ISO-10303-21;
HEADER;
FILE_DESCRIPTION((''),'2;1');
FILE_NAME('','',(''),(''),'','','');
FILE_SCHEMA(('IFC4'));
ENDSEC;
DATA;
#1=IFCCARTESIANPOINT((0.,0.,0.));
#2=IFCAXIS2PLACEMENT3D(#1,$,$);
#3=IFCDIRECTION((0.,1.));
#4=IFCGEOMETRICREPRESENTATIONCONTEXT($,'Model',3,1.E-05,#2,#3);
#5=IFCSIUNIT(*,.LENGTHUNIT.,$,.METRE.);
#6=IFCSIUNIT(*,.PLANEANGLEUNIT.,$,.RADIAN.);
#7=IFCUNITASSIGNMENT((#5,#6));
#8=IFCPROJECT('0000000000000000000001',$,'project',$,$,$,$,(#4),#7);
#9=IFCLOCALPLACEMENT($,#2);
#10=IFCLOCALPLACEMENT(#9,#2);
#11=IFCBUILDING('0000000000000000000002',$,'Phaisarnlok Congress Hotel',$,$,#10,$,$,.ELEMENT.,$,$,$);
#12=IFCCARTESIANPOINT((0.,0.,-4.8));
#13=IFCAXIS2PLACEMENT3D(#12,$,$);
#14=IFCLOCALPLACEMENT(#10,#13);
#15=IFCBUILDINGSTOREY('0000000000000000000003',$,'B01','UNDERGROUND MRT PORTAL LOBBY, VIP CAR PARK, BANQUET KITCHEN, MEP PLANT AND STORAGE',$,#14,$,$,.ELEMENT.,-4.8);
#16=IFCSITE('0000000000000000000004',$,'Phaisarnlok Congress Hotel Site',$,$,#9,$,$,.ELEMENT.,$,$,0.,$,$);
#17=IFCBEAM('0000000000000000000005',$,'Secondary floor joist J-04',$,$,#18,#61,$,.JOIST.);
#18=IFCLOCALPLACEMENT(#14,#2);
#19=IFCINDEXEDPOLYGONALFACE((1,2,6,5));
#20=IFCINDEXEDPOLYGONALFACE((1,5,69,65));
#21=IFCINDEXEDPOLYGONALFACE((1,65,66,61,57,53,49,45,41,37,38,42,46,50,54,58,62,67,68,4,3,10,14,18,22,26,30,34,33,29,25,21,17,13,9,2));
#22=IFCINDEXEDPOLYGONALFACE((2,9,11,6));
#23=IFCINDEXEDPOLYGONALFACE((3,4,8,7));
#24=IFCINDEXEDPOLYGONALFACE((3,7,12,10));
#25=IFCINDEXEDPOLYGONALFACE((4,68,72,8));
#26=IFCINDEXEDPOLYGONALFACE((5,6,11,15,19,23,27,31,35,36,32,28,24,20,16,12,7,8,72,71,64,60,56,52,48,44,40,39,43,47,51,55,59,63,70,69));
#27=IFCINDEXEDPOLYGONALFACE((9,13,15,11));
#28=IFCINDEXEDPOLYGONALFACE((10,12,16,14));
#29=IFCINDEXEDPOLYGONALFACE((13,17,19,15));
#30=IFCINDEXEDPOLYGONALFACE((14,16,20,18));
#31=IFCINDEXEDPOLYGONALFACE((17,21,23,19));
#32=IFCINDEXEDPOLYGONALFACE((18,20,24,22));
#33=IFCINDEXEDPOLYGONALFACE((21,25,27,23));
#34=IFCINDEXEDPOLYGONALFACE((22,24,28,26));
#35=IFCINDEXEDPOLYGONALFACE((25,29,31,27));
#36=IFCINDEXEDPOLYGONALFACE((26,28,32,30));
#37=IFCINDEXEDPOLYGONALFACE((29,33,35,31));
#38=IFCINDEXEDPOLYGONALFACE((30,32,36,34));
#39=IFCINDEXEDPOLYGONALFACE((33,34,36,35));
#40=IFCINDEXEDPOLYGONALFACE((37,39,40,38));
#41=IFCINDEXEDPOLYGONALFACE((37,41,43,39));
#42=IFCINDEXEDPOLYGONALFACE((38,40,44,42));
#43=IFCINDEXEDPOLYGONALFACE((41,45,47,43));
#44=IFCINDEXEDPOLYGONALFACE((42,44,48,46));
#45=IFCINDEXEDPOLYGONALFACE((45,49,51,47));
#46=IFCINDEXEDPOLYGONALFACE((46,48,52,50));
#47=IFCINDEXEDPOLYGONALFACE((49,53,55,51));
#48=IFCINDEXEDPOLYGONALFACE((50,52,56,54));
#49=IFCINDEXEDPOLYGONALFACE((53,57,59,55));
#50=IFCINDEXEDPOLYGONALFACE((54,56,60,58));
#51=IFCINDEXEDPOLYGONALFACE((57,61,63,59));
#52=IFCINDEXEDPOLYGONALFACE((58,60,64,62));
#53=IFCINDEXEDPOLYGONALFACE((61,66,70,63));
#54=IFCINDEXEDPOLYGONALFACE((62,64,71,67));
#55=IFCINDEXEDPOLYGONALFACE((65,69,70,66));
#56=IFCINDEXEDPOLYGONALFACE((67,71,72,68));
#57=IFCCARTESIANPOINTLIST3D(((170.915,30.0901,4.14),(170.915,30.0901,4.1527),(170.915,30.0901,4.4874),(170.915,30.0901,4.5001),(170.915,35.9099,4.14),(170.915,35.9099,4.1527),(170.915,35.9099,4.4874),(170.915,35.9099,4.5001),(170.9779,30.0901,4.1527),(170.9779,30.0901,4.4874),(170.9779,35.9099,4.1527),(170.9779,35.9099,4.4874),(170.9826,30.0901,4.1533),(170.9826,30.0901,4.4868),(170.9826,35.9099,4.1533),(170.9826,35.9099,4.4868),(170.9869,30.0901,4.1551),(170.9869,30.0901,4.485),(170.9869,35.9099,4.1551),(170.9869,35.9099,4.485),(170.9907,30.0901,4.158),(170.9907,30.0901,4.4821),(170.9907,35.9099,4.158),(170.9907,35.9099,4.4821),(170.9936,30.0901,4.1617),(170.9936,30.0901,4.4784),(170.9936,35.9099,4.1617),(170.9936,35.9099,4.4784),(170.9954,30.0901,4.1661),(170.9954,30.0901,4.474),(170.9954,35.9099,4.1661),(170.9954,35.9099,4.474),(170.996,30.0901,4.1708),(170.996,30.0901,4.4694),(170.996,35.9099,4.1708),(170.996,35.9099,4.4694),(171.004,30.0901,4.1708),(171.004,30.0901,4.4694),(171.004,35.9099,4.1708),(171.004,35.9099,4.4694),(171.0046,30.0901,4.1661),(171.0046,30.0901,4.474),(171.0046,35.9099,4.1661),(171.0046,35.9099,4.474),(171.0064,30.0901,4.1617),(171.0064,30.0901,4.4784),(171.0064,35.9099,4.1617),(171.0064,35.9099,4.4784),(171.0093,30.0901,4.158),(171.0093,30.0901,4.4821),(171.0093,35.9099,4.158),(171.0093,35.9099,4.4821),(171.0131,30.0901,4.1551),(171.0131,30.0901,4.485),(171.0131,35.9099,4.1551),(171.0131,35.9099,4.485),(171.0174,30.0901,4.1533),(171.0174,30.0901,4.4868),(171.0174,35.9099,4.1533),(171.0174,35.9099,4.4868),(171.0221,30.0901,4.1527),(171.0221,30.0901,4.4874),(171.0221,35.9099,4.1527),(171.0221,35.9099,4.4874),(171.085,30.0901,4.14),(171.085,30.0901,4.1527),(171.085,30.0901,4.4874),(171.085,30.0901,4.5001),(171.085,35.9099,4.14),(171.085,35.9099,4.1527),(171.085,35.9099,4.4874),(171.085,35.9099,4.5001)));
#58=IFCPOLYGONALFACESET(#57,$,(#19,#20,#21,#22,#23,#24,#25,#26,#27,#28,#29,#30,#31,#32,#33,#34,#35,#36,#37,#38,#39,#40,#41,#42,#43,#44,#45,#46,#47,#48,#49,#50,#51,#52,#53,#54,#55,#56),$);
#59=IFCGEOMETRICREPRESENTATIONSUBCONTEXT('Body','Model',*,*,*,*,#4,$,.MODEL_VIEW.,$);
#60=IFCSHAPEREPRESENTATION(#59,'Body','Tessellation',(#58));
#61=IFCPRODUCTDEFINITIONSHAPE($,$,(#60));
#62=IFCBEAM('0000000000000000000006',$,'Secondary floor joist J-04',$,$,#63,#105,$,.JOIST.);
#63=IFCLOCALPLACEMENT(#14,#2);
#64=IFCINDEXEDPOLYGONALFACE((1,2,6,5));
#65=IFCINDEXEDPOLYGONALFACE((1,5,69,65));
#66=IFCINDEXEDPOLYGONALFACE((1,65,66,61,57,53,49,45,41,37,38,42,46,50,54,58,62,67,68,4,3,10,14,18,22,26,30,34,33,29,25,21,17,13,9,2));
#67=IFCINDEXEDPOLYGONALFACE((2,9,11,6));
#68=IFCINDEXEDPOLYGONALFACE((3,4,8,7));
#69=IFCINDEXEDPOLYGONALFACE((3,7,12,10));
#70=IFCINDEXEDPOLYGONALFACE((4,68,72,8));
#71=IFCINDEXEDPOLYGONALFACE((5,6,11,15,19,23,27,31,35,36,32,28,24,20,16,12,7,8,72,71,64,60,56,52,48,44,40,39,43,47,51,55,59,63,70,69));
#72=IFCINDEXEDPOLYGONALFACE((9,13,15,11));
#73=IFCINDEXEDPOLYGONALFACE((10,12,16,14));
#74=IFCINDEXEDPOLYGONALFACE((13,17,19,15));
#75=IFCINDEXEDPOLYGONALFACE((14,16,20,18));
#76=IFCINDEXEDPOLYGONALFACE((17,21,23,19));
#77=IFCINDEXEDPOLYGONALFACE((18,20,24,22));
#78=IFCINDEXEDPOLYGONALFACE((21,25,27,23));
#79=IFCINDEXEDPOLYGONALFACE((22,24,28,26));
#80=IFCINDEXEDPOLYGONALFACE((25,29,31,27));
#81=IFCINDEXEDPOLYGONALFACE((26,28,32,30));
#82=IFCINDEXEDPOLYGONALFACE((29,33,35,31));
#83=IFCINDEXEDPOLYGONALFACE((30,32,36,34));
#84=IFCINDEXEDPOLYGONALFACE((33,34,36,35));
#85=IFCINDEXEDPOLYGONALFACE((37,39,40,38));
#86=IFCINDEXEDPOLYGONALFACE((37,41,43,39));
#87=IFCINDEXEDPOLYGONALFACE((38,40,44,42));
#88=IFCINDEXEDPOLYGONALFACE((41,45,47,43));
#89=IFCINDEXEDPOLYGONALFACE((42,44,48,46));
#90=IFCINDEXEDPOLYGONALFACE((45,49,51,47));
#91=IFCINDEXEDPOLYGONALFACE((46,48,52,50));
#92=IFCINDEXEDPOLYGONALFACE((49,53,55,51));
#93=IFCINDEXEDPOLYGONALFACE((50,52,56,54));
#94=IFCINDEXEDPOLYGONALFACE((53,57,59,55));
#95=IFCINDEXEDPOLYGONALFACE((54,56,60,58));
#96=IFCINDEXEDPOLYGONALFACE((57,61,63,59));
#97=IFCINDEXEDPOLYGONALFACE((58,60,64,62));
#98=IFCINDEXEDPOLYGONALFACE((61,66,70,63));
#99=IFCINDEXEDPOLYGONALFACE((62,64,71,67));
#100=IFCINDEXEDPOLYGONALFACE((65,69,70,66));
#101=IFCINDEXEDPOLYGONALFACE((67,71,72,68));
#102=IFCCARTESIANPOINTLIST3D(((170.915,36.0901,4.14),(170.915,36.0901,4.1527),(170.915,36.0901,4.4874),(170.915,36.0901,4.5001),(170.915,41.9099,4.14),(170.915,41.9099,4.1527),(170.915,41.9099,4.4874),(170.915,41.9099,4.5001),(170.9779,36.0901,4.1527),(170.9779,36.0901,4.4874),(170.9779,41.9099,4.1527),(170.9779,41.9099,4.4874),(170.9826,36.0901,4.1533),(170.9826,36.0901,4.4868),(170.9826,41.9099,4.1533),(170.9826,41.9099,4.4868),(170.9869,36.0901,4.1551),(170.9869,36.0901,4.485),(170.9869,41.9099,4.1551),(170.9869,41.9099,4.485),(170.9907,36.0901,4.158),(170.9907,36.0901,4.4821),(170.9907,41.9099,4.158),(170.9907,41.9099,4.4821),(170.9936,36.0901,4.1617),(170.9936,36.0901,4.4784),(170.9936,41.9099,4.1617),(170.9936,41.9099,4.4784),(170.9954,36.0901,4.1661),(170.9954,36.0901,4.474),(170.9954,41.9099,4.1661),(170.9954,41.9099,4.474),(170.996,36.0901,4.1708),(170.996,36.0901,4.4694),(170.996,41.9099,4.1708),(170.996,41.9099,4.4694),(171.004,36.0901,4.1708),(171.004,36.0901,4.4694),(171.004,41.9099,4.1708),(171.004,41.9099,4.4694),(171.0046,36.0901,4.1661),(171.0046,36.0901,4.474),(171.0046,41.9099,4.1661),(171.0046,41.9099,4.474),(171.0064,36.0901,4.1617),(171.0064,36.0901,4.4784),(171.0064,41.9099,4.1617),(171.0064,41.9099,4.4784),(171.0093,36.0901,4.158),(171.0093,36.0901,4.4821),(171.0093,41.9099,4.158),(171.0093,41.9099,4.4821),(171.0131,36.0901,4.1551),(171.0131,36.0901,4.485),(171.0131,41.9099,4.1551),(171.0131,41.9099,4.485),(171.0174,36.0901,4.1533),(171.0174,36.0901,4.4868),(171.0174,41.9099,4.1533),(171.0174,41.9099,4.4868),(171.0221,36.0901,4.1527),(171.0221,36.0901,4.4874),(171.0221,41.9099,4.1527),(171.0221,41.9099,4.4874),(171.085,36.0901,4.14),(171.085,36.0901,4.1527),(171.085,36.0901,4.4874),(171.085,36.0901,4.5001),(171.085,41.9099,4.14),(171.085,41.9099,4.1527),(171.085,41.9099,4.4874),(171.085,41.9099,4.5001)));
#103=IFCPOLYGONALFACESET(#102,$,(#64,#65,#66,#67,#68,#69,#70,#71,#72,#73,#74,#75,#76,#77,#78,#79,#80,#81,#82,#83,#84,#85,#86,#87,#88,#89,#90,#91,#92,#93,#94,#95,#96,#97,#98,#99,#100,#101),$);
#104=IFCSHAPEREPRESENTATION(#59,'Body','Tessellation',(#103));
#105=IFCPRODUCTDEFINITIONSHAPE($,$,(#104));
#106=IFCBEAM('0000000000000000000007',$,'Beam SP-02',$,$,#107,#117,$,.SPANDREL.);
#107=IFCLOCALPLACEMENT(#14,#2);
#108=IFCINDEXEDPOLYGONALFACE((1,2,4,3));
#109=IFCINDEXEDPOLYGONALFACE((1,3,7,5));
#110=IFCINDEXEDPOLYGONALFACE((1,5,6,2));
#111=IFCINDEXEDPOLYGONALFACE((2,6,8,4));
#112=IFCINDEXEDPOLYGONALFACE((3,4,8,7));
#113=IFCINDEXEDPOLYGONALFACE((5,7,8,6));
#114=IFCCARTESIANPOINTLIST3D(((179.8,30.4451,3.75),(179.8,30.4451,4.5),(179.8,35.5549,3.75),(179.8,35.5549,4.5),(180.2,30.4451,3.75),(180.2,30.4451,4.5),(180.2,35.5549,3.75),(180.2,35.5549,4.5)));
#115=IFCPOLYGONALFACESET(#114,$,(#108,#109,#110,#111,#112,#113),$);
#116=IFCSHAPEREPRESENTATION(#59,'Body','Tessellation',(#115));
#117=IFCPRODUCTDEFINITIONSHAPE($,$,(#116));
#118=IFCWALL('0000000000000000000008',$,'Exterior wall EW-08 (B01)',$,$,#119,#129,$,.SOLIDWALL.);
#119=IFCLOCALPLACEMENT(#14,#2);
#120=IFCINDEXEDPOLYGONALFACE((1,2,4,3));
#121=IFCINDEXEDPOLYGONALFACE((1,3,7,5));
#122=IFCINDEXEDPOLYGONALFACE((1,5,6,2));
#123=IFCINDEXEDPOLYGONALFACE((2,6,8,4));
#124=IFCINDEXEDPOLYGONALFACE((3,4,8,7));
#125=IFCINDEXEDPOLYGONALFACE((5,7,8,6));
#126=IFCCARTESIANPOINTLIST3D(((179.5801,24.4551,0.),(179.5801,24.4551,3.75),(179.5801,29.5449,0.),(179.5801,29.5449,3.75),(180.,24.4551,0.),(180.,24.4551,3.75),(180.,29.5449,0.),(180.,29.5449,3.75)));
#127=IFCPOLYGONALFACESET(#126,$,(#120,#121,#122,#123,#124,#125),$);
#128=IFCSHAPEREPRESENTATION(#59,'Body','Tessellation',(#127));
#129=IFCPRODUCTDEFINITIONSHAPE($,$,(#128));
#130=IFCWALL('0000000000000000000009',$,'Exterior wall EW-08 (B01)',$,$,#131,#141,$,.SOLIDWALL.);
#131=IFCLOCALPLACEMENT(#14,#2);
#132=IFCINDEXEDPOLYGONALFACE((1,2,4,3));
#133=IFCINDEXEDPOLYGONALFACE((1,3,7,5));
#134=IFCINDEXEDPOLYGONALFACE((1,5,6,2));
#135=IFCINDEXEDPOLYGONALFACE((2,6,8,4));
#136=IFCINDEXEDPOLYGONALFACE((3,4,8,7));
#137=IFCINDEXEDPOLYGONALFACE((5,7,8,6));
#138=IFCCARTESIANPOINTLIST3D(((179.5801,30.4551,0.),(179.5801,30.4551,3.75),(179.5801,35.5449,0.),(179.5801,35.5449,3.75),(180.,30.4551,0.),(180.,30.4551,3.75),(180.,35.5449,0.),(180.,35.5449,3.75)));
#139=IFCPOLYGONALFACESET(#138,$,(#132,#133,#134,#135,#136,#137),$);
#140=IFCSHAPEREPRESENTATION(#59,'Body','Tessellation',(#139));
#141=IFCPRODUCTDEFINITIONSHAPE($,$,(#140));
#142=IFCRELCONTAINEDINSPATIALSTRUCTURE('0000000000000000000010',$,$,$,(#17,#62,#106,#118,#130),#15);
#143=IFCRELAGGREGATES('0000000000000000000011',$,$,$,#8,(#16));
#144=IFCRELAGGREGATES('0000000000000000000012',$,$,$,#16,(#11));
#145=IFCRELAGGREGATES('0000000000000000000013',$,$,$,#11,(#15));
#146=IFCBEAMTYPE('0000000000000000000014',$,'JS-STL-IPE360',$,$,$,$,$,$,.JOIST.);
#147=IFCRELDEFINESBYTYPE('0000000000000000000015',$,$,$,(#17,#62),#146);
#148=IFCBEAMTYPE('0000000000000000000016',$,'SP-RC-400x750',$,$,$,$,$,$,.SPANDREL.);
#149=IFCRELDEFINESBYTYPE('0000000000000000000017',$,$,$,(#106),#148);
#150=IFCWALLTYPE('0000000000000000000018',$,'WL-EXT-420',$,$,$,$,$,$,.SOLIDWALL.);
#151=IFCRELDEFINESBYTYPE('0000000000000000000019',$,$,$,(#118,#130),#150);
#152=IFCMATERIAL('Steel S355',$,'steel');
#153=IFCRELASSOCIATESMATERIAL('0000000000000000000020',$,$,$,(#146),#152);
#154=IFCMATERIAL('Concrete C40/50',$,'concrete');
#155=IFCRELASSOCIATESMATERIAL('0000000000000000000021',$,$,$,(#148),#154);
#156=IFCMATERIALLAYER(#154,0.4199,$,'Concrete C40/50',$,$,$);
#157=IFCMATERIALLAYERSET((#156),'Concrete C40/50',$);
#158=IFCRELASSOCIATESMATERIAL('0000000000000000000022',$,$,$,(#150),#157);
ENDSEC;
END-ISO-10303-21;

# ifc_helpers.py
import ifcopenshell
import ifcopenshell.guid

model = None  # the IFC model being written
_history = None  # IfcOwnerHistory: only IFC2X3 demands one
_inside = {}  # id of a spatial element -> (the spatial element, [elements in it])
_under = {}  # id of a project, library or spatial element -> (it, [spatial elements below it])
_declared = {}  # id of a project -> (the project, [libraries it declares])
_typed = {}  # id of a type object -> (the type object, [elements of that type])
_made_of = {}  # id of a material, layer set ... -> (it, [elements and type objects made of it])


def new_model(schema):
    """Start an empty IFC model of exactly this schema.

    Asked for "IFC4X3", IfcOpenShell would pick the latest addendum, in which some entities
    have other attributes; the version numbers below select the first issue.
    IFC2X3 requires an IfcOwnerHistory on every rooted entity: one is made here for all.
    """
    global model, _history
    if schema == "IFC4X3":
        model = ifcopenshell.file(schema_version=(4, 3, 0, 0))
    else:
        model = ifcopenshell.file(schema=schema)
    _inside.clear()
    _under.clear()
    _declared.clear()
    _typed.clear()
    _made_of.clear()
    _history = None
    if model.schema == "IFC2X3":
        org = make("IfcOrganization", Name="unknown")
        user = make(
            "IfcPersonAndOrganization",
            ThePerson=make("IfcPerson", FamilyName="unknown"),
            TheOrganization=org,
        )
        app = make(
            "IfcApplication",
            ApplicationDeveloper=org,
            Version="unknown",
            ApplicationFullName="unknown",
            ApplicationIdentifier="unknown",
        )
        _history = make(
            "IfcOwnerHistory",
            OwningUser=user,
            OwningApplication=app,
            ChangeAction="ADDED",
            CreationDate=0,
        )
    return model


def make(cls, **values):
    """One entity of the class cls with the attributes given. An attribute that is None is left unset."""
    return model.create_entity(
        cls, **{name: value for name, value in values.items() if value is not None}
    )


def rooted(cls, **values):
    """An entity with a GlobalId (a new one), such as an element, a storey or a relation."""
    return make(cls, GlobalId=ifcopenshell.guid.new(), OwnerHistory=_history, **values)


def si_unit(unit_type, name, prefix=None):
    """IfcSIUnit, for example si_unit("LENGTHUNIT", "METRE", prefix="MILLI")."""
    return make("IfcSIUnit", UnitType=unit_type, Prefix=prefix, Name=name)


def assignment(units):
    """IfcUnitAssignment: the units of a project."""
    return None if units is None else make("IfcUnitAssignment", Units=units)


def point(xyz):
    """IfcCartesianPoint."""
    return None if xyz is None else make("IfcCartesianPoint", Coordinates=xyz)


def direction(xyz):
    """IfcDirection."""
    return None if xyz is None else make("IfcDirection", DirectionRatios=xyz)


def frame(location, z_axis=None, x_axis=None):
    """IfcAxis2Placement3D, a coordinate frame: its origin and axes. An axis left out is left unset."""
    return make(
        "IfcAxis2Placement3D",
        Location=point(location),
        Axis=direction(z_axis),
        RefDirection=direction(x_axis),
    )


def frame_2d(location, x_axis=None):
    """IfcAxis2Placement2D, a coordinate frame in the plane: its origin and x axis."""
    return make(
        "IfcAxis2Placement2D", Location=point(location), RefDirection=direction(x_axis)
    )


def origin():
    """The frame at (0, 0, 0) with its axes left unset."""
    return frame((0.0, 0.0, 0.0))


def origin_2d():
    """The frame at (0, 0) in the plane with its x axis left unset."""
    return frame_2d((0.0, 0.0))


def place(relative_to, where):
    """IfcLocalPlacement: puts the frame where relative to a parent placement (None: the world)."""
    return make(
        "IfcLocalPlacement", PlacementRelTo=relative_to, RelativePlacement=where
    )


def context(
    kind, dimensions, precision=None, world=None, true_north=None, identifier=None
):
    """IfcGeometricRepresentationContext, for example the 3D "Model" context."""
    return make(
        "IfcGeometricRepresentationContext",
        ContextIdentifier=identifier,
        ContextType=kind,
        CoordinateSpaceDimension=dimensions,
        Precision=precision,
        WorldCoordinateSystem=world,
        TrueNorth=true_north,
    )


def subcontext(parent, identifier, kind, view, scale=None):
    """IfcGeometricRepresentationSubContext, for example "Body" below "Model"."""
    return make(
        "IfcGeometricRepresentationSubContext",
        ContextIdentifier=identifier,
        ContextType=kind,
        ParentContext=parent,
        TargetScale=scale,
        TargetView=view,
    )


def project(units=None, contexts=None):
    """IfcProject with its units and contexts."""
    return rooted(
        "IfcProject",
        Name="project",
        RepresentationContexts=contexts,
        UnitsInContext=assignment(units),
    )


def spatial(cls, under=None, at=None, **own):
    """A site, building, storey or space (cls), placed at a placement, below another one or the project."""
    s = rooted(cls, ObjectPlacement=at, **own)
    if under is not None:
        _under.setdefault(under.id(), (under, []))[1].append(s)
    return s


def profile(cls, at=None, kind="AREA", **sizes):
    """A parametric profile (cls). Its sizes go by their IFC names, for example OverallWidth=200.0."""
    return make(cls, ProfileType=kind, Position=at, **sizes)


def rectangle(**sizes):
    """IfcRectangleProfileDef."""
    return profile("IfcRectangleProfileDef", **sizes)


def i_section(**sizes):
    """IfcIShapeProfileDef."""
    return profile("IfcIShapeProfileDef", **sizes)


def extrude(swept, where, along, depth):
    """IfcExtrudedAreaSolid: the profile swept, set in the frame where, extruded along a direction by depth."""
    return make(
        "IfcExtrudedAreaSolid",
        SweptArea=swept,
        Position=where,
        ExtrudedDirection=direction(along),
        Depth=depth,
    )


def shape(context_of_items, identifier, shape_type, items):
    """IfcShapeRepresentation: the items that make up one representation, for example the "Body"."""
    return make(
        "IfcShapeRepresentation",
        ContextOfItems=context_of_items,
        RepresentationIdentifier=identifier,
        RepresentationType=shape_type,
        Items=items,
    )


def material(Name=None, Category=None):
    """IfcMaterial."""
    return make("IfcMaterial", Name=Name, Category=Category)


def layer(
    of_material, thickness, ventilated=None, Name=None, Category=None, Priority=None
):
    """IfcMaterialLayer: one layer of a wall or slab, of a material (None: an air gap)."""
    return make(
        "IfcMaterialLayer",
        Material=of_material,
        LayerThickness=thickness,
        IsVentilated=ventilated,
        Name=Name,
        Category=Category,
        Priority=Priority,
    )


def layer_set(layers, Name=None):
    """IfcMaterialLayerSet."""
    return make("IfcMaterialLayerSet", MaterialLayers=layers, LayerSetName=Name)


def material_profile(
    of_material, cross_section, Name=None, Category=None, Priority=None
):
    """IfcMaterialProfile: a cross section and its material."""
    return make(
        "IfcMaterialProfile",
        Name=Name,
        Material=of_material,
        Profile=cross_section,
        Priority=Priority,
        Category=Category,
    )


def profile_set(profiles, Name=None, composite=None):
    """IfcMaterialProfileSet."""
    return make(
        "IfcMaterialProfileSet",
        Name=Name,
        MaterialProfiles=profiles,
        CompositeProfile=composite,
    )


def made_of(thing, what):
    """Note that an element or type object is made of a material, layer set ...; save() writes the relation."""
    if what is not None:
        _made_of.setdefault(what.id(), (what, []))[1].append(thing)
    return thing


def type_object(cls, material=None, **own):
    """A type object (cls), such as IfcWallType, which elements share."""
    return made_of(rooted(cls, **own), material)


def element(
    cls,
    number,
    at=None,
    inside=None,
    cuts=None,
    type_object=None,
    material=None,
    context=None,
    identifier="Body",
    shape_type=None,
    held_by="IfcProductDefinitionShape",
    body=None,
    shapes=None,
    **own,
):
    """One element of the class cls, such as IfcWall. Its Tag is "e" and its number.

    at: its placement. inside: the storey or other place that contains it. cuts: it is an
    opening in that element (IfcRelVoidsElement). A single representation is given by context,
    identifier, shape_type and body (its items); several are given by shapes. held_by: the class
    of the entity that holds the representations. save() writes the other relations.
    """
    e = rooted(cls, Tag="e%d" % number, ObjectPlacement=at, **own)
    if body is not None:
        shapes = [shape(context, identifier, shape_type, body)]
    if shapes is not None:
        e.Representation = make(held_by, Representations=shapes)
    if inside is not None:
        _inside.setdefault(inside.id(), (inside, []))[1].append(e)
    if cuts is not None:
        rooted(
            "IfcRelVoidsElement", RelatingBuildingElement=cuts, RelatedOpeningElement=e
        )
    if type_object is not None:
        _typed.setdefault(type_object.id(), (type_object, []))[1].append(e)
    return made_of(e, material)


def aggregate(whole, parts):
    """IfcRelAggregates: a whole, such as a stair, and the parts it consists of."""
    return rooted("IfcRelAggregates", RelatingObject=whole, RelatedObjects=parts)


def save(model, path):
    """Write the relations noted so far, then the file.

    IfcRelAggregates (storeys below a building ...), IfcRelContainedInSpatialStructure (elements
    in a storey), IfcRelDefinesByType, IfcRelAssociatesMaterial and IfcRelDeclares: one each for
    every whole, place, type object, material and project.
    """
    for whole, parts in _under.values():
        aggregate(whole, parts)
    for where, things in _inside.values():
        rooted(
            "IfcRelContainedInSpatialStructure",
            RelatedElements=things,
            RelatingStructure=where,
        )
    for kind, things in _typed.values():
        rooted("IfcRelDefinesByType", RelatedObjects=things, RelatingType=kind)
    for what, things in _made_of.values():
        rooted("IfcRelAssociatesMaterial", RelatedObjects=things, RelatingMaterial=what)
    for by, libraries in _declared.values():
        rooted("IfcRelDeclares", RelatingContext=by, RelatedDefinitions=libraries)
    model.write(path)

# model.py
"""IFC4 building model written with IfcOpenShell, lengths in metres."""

from ifc_helpers import new_model, si_unit, direction, frame, frame_2d, origin, origin_2d, place, context, subcontext, project, spatial, rectangle, i_section, extrude, material, layer, layer_set, material_profile, profile_set, type_object, element, save


model = new_model("IFC4")

# Units and contexts
model_context = context("Model", 3, precision=1e-05, world=origin(), true_north=direction((0.0, 1.0)))
body_context = subcontext(model_context, "Body", "Model", "MODEL_VIEW")
ifc_project = project(units=[si_unit("LENGTHUNIT", "METRE"), si_unit("PLANEANGLEUNIT", "RADIAN")], contexts=[model_context])

# Site, building, storey
site_placement = place(None, origin())
site = spatial("IfcSite", under=ifc_project, at=site_placement, Name="Phaisarnlok Congress Hotel Site", CompositionType="ELEMENT", RefElevation=0.0)
building_placement = place(site_placement, origin())
building = spatial("IfcBuilding", under=site, at=building_placement, Name="Phaisarnlok Congress Hotel", CompositionType="ELEMENT")
storey_placement = place(building_placement, frame((0.0, 0.0, -4.8)))
storey = spatial("IfcBuildingStorey", under=building, at=storey_placement, Name="B01", Description="UNDERGROUND MRT PORTAL LOBBY, VIP CAR PARK, BANQUET KITCHEN, MEP PLANT AND STORAGE", CompositionType="ELEMENT", Elevation=-4.8)

# Shared definitions
ifc_material_1 = material(Name="Concrete C40/50", Category="concrete")

# Beams
ifc_material_2 = material(Name="Steel S355", Category="steel")
ifc_material_profile_1 = material_profile(ifc_material_2, i_section(OverallWidth=0.1699, OverallDepth=0.3601, WebThickness=0.0081, FlangeThickness=0.0127, FilletRadius=0.0181, at=origin_2d()), Name="IPE 360")
ifc_profile_set_1 = profile_set([ifc_material_profile_1], Name="Steel S355")
beam_type_1 = type_object("IfcBeamType", Name="JS-STL-IPE360", PredefinedType="JOIST", material=ifc_profile_set_1)
for number, where, z_axis, x_axis, name in (
    (1, (171.0, 30.0901, 4.3201), (0.0, 1.0, 0.0), (-1.0, 0.0, 0.0), "Secondary floor joist J-04"),
    (2, (171.0, 36.0901, 4.3201), (0.0, 1.0, 0.0), (-1.0, 0.0, 0.0), "Secondary floor joist J-04"),
):
    element("IfcBeam", number, at=place(storey_placement, frame(where, z_axis=z_axis, x_axis=x_axis)), inside=storey, type_object=beam_type_1, Name=name, PredefinedType="JOIST", context=body_context, shape_type="SweptSolid", body=[
        extrude(i_section(OverallWidth=0.1699, OverallDepth=0.3601, WebThickness=0.0081, FlangeThickness=0.0127, FilletRadius=0.0181, at=origin_2d()), origin(), (0.0, 0.0, 1.0), 5.8198),
    ])
ifc_material_profile_2 = material_profile(ifc_material_1, rectangle(XDim=0.3999, YDim=0.75, at=origin_2d()), Name="RC 400x750")
ifc_profile_set_2 = profile_set([ifc_material_profile_2], Name="Concrete C40/50")
beam_type_2 = type_object("IfcBeamType", Name="SP-RC-400x750", PredefinedType="SPANDREL", material=ifc_profile_set_2)
beam_1_placement = place(storey_placement, frame((180.0, 30.4451, 4.125), z_axis=(0.0, 1.0, 0.0), x_axis=(-1.0, 0.0, 0.0)))
element("IfcBeam", 3, at=beam_1_placement, inside=storey, type_object=beam_type_2, Name="Beam SP-02", PredefinedType="SPANDREL", context=body_context, shape_type="SweptSolid", body=[
    extrude(rectangle(XDim=0.3999, YDim=0.75, at=origin_2d()), origin(), (0.0, 0.0, 1.0), 5.1099),
])

# Walls
ifc_layer = layer(ifc_material_1, 0.4199, Name="Concrete C40/50")
ifc_layer_set = layer_set([ifc_layer], Name="Concrete C40/50")
wall_type = type_object("IfcWallType", Name="WL-EXT-420", PredefinedType="SOLIDWALL", material=ifc_layer_set)
for number, where, z_axis, x_axis, name in (
    (4, (179.79, 24.4551, 0.0), (0.0, 0.0, 1.0), (0.0, 1.0, 0.0), "Exterior wall EW-08 (B01)"),
    (5, (179.79, 30.4551, 0.0), (0.0, 0.0, 1.0), (0.0, 1.0, 0.0), "Exterior wall EW-08 (B01)"),
):
    element("IfcWall", number, at=place(storey_placement, frame(where, z_axis=z_axis, x_axis=x_axis)), inside=storey, type_object=wall_type, Name=name, PredefinedType="SOLIDWALL", context=body_context, shape_type="SweptSolid", body=[
        extrude(rectangle(XDim=5.0898, YDim=0.4199, at=frame_2d((2.5449, 0.0))), origin(), (0.0, 0.0, 1.0), 3.75),
    ])

save(model, "model.ifc")
